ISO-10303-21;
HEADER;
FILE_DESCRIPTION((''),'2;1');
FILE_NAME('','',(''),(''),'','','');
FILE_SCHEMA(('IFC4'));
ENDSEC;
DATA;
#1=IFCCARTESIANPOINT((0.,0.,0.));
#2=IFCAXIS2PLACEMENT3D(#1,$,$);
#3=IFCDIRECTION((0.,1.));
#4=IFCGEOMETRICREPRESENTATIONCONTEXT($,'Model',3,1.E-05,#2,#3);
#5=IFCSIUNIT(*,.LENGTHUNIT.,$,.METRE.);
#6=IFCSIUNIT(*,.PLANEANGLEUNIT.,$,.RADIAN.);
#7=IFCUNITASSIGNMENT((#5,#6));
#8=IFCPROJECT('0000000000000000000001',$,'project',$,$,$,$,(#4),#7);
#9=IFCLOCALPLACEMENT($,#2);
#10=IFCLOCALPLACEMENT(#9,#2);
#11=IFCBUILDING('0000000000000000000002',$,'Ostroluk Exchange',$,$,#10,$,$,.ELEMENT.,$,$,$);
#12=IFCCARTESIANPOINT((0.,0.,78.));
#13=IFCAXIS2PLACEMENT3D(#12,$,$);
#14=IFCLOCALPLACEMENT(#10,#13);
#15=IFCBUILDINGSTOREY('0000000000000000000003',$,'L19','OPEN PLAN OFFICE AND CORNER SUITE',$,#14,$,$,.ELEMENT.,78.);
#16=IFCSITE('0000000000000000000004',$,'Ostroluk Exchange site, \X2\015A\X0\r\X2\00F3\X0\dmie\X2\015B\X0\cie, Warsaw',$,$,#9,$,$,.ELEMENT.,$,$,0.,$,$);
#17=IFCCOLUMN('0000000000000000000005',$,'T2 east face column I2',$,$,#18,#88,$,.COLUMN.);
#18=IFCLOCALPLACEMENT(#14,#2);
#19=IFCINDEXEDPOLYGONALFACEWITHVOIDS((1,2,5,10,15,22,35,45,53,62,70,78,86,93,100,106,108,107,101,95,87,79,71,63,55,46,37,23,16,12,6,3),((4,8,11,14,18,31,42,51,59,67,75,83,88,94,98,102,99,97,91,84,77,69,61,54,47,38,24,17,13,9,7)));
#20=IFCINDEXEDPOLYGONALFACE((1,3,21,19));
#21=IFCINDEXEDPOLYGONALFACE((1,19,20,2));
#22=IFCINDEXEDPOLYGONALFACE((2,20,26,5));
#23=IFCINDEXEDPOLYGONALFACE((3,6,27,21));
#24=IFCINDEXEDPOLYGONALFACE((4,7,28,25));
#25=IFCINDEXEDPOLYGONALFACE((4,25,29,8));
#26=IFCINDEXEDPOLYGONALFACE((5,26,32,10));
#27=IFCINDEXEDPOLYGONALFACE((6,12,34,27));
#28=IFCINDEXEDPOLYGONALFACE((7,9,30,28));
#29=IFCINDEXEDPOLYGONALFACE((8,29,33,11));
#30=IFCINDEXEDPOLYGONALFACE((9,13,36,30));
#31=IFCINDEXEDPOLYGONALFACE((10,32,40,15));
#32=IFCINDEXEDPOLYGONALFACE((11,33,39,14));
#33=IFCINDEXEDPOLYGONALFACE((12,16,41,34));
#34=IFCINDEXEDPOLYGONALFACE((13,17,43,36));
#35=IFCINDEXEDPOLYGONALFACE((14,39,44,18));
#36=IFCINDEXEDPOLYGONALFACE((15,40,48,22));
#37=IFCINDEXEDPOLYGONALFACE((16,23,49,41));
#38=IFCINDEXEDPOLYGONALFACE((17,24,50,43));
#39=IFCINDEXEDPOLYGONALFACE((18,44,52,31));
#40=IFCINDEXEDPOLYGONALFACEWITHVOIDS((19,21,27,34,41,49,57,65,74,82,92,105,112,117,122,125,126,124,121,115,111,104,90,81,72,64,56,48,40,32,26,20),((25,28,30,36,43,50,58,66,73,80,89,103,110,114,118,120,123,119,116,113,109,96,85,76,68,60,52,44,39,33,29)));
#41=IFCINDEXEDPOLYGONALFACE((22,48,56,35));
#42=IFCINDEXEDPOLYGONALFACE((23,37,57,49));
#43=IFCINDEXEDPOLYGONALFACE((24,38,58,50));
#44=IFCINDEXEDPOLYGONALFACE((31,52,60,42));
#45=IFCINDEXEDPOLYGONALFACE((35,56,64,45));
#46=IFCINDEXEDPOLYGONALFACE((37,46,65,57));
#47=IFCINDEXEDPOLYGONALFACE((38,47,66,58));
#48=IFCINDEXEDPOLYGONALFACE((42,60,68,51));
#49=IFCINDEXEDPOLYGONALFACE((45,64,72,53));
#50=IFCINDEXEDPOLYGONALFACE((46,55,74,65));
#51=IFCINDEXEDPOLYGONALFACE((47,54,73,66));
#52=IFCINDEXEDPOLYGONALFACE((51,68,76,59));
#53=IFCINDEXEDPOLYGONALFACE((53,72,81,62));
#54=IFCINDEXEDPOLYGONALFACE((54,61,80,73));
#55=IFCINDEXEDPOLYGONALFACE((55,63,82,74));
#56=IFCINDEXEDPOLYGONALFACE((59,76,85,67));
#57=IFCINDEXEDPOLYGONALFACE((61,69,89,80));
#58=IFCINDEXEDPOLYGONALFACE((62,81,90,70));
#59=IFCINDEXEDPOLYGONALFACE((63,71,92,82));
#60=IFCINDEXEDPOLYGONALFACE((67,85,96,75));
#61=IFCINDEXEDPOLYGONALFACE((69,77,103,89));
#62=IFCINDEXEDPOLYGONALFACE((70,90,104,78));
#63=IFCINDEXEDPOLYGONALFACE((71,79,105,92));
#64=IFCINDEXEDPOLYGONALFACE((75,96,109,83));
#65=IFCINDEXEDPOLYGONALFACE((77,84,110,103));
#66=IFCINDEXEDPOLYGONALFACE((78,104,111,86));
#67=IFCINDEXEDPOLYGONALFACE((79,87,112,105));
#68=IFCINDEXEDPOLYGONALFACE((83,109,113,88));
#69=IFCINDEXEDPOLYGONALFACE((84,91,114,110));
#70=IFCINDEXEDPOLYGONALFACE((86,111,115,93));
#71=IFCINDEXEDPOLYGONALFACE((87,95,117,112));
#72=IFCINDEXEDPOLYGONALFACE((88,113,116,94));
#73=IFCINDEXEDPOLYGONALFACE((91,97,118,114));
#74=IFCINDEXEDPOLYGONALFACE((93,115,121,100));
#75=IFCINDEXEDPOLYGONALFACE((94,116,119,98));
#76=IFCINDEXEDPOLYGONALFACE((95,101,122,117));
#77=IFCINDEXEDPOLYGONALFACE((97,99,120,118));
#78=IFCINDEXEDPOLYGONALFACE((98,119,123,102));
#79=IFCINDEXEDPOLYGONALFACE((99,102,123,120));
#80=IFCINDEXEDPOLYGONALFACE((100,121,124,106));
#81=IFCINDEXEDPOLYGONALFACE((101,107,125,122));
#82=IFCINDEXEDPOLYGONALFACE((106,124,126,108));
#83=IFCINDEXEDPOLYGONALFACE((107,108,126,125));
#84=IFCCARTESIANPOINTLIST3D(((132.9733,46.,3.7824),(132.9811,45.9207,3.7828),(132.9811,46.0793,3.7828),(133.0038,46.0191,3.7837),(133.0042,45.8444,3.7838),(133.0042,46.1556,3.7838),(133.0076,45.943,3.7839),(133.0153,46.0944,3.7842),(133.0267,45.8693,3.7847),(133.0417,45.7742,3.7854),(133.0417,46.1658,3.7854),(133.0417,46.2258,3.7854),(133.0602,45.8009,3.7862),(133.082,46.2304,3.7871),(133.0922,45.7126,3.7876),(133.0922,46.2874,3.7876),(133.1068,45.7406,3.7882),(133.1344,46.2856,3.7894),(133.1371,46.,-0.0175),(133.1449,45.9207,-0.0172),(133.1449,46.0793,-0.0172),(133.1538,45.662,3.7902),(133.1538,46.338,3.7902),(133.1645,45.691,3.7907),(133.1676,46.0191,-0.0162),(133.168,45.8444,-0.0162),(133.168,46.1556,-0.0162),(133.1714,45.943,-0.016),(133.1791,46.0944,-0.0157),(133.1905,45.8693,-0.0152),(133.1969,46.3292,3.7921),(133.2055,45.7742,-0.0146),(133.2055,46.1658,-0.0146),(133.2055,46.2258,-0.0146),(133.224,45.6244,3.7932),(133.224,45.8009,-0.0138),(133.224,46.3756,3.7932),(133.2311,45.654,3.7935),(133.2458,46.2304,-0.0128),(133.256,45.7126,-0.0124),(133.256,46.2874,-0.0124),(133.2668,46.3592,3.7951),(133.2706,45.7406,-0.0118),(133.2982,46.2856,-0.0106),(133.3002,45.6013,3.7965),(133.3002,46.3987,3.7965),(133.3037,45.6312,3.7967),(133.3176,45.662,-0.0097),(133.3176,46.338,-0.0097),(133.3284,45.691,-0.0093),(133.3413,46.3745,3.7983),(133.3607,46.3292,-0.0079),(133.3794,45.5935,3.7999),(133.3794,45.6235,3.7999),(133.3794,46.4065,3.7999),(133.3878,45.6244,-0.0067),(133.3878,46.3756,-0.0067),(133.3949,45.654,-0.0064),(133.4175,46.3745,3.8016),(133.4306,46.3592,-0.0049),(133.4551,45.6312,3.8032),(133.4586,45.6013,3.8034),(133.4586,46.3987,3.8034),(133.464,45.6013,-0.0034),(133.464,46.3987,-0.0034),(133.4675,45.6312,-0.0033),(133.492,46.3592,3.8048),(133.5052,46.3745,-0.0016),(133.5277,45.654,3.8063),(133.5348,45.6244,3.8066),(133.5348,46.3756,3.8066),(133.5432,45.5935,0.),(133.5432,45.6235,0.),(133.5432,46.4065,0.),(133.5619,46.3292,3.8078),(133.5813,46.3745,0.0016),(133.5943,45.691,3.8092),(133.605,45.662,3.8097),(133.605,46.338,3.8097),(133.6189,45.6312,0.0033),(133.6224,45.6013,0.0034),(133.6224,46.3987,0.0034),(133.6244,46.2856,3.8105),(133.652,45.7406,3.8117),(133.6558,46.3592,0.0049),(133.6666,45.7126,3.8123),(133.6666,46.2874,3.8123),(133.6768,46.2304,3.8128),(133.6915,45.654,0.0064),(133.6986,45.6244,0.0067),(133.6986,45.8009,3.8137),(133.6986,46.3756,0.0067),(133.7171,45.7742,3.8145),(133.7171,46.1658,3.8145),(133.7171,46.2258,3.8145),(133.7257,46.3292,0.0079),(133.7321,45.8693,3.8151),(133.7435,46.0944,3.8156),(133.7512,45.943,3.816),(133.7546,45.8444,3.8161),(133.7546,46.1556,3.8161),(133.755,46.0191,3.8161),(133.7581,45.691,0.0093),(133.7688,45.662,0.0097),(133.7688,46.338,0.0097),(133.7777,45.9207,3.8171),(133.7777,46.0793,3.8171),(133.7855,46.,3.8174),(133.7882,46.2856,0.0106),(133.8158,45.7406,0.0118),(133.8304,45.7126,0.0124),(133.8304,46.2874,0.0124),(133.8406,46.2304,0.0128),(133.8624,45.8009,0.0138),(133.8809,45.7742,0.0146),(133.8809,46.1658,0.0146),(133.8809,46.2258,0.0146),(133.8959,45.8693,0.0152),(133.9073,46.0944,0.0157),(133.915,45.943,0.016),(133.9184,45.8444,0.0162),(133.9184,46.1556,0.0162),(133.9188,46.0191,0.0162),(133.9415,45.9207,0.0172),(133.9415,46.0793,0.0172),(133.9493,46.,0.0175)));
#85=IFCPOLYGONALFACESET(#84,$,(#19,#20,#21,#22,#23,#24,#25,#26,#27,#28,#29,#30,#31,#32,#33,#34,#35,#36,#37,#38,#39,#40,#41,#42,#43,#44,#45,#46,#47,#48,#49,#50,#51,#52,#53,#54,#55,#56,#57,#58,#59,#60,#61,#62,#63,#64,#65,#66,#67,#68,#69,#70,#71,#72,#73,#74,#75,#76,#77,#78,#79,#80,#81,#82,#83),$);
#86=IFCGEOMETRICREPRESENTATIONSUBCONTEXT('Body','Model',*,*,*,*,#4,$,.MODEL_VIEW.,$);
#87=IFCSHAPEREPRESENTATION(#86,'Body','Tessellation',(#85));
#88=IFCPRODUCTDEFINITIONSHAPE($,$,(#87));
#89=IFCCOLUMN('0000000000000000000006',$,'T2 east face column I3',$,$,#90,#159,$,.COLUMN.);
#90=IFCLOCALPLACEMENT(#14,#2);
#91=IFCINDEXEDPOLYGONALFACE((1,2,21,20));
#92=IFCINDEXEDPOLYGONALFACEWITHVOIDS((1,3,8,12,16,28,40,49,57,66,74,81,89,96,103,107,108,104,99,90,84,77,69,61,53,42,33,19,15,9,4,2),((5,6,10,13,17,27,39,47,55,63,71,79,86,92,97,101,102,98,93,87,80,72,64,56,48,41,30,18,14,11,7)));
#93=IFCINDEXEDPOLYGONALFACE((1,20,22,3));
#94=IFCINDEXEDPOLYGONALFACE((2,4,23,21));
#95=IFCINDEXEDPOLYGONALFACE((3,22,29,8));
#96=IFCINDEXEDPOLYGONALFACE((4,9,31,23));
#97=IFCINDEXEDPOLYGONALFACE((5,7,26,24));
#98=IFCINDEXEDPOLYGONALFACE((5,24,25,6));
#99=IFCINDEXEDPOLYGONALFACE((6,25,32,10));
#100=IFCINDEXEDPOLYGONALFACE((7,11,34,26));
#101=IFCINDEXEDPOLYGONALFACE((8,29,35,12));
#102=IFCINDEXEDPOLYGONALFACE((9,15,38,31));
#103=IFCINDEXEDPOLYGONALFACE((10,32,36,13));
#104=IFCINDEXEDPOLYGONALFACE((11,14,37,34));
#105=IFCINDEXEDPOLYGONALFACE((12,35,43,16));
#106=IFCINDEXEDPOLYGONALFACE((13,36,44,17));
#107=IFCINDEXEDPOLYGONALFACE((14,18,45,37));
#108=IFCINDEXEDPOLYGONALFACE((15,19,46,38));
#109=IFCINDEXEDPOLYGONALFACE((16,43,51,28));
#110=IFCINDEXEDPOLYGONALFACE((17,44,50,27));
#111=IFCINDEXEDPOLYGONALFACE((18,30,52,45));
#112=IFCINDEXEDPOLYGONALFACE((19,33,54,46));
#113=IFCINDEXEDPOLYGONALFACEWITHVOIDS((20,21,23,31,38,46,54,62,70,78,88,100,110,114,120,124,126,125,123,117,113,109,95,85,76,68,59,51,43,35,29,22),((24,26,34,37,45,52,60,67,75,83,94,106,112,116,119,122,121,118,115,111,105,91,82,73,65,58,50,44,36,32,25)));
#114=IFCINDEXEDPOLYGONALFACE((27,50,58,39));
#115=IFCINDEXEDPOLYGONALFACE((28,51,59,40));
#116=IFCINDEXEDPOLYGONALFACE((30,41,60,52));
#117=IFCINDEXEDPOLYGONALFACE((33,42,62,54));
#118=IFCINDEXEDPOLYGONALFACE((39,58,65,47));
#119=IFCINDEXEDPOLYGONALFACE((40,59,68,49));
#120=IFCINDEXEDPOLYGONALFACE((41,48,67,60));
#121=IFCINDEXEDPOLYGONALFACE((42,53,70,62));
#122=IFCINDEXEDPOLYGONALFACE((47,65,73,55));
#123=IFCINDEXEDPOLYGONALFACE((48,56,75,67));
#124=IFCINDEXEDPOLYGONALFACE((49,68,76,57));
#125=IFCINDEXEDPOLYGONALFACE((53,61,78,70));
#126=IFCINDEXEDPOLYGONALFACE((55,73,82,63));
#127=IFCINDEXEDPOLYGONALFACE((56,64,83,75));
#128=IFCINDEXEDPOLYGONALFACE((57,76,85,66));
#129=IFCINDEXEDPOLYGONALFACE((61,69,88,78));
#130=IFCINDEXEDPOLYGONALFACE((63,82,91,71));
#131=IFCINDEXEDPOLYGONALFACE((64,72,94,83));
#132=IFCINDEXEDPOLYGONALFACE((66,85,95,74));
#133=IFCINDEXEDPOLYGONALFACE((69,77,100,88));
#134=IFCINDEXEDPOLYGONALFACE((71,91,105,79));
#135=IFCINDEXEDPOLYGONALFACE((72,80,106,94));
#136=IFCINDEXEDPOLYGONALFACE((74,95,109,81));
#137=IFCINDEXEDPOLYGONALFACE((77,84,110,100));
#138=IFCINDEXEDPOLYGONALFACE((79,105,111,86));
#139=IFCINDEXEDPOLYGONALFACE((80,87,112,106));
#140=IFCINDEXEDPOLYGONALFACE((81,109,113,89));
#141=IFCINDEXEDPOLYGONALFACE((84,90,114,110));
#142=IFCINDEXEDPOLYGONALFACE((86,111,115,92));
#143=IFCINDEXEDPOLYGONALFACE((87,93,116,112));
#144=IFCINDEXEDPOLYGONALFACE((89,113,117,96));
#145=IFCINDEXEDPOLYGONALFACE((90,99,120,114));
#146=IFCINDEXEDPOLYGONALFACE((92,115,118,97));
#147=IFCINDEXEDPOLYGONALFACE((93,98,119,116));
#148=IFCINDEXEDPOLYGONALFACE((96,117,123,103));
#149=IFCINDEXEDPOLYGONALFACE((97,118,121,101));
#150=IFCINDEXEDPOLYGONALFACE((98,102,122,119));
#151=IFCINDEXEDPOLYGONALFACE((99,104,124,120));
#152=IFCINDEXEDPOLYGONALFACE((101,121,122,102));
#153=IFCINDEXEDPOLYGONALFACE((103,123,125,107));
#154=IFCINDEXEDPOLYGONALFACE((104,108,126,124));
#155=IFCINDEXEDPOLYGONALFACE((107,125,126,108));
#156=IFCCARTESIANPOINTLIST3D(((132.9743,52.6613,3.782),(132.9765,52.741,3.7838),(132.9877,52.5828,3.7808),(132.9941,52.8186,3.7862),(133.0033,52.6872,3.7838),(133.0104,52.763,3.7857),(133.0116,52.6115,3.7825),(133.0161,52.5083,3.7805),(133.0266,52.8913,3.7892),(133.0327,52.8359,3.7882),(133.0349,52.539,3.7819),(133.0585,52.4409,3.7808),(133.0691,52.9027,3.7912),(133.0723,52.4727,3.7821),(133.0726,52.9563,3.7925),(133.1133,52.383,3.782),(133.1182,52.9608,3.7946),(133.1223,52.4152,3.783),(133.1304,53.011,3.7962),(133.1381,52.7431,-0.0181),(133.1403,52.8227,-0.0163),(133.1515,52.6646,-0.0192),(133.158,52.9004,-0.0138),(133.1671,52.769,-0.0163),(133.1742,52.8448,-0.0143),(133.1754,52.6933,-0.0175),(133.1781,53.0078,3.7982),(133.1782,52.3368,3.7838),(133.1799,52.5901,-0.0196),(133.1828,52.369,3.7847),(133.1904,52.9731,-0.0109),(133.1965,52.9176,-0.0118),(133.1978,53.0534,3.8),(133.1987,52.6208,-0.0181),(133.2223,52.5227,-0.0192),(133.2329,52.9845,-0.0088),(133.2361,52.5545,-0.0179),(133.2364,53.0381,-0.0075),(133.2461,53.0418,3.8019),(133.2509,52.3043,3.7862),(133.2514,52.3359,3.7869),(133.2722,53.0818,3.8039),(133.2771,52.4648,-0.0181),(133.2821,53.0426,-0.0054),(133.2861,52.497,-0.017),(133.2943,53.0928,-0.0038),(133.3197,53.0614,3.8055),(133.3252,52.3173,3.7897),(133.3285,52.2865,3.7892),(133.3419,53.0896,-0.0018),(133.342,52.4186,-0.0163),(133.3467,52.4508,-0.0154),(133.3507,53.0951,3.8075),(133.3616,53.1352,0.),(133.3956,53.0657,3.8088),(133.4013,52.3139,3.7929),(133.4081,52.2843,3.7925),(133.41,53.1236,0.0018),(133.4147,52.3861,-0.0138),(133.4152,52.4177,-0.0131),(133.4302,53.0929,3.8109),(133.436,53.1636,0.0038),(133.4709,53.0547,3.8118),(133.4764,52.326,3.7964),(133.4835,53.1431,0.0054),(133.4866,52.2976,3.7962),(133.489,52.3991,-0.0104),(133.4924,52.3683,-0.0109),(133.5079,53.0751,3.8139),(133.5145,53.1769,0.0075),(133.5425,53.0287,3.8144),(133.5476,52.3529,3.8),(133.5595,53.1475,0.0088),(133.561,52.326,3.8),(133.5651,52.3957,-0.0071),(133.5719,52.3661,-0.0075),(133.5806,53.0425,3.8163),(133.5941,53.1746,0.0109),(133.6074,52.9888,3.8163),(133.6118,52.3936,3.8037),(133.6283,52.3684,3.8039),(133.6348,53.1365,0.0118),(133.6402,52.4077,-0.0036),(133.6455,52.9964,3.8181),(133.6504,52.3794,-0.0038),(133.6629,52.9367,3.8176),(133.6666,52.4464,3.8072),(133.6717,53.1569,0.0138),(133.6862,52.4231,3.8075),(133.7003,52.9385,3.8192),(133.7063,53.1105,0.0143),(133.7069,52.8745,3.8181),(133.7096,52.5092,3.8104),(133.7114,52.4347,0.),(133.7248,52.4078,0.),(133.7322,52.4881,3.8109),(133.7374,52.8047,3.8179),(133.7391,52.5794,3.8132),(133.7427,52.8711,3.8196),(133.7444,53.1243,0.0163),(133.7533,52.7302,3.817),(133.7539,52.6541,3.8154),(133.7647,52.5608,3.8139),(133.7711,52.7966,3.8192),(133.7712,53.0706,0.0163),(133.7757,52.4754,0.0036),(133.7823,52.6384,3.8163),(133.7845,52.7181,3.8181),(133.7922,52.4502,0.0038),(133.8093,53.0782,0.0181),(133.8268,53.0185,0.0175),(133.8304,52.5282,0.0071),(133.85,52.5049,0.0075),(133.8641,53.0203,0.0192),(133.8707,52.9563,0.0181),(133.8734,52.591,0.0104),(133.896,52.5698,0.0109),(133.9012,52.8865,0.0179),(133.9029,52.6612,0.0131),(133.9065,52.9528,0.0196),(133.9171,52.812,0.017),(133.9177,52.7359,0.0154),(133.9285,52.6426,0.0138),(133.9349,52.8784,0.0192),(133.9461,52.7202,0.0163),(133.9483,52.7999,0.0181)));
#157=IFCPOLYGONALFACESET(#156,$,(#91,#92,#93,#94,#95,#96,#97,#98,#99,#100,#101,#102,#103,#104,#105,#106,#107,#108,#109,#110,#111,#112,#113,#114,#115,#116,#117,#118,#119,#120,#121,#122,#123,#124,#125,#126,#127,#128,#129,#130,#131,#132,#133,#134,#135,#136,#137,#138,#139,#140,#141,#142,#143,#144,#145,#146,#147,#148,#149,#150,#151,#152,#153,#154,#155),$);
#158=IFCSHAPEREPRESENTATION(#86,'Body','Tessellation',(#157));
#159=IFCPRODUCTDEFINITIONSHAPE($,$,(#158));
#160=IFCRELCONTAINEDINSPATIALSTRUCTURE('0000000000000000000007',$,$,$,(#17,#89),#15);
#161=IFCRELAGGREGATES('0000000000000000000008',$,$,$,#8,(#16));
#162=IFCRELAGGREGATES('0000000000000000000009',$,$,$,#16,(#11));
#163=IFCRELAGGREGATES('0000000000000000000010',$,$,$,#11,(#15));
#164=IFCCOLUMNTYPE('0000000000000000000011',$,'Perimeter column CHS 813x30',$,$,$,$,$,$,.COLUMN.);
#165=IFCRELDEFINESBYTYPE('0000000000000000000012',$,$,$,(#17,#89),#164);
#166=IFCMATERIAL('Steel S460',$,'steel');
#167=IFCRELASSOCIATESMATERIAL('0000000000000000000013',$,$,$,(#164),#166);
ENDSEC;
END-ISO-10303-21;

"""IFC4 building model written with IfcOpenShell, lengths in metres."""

from ifc_helpers import new_model, si_unit, direction, frame, origin, origin_2d, place, context, subcontext, project, spatial, hollow_circle, extrude, material, material_profile, profile_set, type_object, element, save


model = new_model("IFC4")

# Units and contexts
model_context = context("Model", 3, precision=1e-05, world=origin(), true_north=direction((0.0, 1.0)))
body_context = subcontext(model_context, "Body", "Model", "MODEL_VIEW")
ifc_project = project(units=[si_unit("LENGTHUNIT", "METRE"), si_unit("PLANEANGLEUNIT", "RADIAN")], contexts=[model_context])

# Site, building, storey
site_placement = place(None, origin())
site = spatial("IfcSite", under=ifc_project, at=site_placement, Name="Ostroluk Exchange site, Śródmieście, Warsaw", CompositionType="ELEMENT", RefElevation=0.0)
building_placement = place(site_placement, origin())
building = spatial("IfcBuilding", under=site, at=building_placement, Name="Ostroluk Exchange", CompositionType="ELEMENT")
storey_placement = place(building_placement, frame((0.0, 0.0, 78.0)))
storey = spatial("IfcBuildingStorey", under=building, at=storey_placement, Name="L19", Description="OPEN PLAN OFFICE AND CORNER SUITE", CompositionType="ELEMENT", Elevation=78.0)

# Columns
ifc_material_1 = material(Name="Steel S460", Category="steel")
ifc_material_profile_1 = material_profile(ifc_material_1, hollow_circle(Radius=0.4065, WallThickness=0.03, at=origin_2d()), Name="CHS 813x30")
ifc_profile_set_1 = profile_set([ifc_material_profile_1], Name="Steel S460")
column_type = type_object("IfcColumnType", Name="Perimeter column CHS 813x30", PredefinedType="COLUMN", material=ifc_profile_set_1)
column_1_placement = place(storey_placement, frame((133.5432, 46.0, 0.0), z_axis=(-0.04307, 0.0, 0.999072), x_axis=(0.0, -1.0, 0.0)))
element("IfcColumn", 1, at=column_1_placement, inside=storey, type_object=column_type, Name="T2 east face column I2", PredefinedType="COLUMN", context=body_context, shape_type="SweptSolid", body=[
    extrude(hollow_circle(Radius=0.4065, WallThickness=0.03, at=origin_2d()), origin(), (0.0, 0.0, 1.0), 3.8035),
])
column_2_placement = place(storey_placement, frame((133.5432, 52.7715, 0.0), z_axis=(-0.04306, -0.021498, 0.998841), x_axis=(0.44668, -0.894694, 0.0)))
element("IfcColumn", 2, at=column_2_placement, inside=storey, type_object=column_type, Name="T2 east face column I3", PredefinedType="COLUMN", context=body_context, shape_type="SweptSolid", body=[
    extrude(hollow_circle(Radius=0.4065, WallThickness=0.03, at=origin_2d()), origin(), (0.0, 0.0, 1.0), 3.8044),
])

save(model, "model.ifc")
